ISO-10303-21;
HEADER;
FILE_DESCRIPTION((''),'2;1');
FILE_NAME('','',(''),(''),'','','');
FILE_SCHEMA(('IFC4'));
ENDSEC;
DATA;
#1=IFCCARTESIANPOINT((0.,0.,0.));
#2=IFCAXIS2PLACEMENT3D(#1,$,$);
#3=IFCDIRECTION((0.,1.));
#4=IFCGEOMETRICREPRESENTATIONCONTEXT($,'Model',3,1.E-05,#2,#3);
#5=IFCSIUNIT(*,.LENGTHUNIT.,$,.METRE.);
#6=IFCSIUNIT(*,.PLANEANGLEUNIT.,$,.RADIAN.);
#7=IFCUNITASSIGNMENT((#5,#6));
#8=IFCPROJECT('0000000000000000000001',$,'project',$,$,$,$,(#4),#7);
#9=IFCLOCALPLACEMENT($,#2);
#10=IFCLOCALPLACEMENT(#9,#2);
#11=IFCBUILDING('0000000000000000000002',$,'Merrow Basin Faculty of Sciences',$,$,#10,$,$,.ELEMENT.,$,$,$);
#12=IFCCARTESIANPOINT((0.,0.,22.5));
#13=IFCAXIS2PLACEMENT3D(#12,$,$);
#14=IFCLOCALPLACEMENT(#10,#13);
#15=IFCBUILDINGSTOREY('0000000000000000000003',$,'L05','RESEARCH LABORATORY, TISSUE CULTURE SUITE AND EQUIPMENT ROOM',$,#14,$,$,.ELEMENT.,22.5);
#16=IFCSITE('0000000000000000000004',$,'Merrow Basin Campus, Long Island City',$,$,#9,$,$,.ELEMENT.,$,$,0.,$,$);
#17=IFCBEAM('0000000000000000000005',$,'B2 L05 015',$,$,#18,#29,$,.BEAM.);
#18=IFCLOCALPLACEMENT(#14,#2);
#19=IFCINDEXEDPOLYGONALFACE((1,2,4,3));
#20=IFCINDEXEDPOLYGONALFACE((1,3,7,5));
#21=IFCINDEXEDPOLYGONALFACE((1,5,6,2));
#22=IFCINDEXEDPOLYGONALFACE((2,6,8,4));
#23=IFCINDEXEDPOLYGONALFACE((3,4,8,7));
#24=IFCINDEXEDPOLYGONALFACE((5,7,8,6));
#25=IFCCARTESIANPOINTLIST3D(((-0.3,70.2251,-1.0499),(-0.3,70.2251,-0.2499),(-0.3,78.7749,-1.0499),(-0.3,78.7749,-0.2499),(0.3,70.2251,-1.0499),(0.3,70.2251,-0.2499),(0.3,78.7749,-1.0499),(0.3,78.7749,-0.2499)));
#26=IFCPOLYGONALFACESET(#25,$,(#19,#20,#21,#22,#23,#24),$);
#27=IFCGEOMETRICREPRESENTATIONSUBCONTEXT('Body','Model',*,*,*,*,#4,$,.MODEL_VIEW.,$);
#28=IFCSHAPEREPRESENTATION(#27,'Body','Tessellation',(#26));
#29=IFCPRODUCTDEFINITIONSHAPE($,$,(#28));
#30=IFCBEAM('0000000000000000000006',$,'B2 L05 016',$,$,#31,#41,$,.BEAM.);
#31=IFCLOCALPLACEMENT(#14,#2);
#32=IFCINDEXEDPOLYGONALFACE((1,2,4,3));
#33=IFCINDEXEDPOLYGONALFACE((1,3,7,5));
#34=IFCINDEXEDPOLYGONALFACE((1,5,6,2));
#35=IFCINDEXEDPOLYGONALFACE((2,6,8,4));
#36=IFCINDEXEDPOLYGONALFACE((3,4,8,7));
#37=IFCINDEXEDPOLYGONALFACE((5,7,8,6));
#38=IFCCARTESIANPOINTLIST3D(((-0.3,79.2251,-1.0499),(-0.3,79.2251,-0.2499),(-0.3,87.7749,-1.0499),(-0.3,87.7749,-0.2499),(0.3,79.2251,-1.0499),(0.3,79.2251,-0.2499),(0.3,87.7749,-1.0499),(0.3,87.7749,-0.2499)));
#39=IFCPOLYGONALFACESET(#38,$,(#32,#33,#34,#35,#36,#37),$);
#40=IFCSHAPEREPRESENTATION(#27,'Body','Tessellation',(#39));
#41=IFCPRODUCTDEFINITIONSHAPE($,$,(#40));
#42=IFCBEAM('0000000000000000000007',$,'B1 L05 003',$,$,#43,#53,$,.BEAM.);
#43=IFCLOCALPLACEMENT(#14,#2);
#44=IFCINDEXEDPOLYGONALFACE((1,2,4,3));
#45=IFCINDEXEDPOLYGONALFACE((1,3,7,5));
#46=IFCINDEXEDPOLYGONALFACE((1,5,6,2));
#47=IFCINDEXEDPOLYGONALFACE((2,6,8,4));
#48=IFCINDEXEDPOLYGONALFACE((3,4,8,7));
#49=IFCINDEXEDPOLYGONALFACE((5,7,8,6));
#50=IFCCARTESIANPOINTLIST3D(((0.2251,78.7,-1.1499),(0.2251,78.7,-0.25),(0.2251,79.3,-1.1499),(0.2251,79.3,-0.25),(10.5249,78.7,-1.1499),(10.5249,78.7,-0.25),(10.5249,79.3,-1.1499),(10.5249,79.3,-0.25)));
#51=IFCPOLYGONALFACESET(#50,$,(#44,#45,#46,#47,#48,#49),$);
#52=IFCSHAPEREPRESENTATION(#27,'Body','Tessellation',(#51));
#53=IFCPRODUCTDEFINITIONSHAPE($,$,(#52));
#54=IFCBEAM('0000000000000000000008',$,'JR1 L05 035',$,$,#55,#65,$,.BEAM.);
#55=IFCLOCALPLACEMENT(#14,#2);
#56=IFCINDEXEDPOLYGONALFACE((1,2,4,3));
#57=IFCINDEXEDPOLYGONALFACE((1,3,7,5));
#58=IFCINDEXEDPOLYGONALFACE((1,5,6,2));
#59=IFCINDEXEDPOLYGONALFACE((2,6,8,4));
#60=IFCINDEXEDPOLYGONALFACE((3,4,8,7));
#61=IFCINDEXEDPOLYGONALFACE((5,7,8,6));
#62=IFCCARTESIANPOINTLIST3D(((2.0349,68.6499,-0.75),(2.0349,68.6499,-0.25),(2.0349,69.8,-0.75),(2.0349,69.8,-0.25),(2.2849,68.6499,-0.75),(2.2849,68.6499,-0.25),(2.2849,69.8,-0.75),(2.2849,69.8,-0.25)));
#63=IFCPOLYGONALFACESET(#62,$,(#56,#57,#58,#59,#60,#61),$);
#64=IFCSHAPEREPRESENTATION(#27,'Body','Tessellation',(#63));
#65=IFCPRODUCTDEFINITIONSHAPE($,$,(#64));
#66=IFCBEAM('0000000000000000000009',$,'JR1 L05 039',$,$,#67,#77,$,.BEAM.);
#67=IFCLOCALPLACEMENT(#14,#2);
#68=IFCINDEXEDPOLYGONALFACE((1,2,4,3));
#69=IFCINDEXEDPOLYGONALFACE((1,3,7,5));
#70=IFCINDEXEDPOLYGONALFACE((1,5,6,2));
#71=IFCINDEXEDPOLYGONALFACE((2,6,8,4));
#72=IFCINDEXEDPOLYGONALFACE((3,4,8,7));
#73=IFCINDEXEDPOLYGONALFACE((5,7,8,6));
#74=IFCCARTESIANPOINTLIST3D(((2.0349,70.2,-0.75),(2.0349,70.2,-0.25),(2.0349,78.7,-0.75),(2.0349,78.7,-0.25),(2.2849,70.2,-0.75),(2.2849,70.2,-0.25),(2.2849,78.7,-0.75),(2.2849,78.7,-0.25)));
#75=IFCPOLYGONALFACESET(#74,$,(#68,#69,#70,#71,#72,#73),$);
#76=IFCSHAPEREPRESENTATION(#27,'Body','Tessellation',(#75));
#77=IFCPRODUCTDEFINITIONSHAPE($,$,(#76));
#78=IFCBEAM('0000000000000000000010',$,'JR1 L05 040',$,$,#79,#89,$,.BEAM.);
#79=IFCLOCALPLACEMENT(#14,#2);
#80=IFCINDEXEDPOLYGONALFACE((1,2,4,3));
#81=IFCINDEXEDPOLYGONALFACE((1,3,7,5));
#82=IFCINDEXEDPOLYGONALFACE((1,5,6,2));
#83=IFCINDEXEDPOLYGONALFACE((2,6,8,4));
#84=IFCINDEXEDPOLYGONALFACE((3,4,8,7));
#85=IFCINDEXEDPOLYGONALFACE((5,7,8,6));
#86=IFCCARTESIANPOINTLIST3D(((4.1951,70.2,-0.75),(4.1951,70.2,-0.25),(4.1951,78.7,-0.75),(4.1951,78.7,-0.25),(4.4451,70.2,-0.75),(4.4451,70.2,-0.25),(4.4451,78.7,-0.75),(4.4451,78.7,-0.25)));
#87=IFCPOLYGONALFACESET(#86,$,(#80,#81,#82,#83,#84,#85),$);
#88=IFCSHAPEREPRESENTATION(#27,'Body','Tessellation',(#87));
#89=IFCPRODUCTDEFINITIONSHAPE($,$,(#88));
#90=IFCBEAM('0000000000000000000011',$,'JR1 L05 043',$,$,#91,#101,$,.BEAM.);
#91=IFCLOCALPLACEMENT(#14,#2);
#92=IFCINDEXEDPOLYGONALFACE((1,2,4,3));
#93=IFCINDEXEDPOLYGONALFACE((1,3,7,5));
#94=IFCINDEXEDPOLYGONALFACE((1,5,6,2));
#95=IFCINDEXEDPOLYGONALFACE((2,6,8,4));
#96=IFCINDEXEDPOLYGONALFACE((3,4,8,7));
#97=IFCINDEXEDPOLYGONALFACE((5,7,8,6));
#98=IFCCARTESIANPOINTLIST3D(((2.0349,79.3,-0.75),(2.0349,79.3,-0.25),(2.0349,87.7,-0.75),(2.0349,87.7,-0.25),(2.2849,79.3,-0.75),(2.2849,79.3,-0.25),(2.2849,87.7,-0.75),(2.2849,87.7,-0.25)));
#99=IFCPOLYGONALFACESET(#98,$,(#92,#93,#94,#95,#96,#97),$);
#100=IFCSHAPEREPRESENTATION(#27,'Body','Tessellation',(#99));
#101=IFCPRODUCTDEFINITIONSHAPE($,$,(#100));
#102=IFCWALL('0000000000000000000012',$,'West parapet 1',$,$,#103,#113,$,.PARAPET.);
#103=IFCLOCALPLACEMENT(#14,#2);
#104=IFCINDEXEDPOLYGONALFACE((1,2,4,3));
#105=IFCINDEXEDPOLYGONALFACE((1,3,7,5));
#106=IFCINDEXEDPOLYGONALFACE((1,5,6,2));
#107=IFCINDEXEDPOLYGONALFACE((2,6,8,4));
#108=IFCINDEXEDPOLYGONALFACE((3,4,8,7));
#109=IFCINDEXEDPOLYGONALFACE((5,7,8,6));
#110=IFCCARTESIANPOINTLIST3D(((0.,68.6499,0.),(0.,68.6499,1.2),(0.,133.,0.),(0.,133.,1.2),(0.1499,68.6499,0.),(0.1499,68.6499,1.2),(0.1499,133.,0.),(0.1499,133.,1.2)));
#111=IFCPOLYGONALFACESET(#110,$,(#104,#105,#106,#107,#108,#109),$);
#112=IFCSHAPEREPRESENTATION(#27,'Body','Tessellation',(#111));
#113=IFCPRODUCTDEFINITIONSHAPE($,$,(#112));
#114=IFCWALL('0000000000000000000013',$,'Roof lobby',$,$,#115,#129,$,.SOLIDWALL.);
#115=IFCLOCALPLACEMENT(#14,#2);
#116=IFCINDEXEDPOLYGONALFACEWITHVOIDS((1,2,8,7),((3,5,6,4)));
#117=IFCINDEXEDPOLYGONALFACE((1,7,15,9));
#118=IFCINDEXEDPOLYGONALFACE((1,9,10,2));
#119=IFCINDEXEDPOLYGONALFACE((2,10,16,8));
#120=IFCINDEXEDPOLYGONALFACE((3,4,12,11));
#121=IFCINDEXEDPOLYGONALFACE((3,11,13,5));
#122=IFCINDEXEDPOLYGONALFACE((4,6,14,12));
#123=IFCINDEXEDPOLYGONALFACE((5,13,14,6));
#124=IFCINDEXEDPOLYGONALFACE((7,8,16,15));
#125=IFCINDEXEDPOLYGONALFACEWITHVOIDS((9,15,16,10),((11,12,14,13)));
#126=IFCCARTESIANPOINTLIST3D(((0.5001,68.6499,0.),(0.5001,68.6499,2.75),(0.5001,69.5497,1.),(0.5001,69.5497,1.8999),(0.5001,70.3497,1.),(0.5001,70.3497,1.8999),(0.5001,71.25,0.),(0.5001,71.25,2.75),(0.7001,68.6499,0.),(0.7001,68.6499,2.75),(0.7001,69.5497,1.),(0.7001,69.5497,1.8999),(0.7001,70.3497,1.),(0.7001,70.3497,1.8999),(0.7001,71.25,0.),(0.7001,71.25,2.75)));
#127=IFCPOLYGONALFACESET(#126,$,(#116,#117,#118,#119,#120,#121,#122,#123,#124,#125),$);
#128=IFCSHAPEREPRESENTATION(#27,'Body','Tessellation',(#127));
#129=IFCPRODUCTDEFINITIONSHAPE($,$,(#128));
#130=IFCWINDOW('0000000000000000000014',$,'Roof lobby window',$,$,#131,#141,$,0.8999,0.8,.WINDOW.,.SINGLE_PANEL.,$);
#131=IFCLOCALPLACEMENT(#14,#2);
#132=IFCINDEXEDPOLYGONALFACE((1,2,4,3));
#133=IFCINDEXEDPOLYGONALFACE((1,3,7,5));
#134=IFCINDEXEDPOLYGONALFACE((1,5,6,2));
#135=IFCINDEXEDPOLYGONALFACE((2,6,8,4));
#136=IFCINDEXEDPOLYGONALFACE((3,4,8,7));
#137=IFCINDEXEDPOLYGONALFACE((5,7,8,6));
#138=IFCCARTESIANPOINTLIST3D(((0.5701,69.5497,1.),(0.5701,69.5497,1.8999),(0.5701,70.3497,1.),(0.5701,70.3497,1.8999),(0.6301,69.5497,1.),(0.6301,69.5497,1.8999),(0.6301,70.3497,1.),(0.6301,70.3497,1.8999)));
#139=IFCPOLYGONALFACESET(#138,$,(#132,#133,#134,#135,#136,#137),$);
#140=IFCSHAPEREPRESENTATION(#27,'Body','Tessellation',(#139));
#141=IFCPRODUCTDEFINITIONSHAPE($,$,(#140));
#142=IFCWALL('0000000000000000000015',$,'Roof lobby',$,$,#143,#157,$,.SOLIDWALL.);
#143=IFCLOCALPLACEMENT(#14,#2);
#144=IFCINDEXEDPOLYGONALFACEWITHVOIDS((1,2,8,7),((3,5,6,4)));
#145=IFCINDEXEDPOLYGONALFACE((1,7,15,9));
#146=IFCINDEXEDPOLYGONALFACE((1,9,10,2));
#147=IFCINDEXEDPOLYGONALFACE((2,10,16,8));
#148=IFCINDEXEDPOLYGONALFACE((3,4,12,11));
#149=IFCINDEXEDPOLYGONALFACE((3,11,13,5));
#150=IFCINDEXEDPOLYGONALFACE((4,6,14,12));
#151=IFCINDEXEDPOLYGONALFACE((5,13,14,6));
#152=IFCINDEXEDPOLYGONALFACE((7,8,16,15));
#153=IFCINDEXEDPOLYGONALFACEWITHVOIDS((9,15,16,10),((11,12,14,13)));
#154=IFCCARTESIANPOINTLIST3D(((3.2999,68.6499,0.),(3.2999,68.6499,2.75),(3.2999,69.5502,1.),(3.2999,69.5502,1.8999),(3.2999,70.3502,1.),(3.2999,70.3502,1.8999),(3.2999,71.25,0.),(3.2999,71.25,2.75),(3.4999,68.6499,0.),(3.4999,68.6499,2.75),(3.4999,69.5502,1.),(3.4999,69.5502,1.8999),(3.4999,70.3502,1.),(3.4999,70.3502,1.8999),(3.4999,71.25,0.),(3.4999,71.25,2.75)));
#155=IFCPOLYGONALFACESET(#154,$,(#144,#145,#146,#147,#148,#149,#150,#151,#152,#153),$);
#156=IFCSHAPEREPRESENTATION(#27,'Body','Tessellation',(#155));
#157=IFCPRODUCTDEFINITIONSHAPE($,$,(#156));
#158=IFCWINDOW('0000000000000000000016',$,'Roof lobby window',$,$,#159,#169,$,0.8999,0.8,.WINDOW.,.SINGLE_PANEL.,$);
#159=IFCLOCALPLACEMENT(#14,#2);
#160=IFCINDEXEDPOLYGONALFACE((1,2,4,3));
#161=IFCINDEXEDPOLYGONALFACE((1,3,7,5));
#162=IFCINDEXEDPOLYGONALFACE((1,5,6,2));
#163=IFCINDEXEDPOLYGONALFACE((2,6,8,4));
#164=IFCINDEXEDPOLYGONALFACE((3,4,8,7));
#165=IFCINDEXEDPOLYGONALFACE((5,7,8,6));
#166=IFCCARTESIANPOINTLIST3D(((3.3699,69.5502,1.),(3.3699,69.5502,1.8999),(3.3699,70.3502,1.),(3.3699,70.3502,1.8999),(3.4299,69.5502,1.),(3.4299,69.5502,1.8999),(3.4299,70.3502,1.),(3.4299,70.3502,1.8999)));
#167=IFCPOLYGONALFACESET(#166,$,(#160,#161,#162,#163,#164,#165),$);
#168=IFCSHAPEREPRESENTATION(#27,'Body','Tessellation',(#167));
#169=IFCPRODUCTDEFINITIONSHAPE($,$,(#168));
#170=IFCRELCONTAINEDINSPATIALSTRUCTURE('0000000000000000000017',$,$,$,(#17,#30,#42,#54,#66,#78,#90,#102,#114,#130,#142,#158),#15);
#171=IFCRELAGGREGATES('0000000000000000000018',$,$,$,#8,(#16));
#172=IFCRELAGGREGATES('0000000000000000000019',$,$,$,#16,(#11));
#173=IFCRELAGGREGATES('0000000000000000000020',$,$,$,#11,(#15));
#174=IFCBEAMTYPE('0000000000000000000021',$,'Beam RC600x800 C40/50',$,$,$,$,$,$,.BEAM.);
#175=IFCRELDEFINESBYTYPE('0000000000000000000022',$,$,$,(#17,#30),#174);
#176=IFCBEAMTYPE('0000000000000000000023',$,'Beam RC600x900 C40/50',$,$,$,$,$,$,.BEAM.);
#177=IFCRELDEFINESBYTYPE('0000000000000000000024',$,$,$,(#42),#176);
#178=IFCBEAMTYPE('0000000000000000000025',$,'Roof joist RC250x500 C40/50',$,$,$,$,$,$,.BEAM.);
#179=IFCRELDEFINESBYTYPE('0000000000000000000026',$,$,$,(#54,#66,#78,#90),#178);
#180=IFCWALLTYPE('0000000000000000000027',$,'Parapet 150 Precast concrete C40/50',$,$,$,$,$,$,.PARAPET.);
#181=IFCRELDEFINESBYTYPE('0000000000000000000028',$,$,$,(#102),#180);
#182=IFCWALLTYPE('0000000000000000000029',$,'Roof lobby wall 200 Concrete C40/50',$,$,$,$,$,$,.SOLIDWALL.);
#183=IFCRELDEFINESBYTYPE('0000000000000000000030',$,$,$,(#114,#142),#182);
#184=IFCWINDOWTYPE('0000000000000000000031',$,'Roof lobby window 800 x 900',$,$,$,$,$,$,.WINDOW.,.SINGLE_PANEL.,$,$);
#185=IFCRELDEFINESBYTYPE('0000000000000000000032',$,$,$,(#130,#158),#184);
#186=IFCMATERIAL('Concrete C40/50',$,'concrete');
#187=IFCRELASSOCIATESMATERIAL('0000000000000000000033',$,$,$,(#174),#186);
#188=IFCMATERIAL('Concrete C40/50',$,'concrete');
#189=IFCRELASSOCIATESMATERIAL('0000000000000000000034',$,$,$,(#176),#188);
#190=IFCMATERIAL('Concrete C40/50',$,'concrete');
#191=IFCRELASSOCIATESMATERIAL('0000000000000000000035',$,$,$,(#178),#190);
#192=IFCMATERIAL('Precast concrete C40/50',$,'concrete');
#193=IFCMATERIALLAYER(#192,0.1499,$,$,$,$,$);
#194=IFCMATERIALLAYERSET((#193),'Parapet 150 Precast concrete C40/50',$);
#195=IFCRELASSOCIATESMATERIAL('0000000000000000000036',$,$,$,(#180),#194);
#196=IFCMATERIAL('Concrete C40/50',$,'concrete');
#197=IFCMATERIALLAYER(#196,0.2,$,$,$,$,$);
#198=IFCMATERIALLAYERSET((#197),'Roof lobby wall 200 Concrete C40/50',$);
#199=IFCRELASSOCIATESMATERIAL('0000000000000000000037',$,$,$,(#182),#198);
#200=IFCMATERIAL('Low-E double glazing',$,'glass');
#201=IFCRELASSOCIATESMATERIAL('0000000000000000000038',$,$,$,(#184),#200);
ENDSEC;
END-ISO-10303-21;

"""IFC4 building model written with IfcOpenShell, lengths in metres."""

from ifc_helpers import new_model, si_unit, direction, frame, frame_2d, origin, origin_2d, place, context, subcontext, project, spatial, rectangle, extrude, material, layer, layer_set, material_profile, profile_set, type_object, element, fill, save


model = new_model("IFC4")

# Units and contexts
model_context = context("Model", 3, precision=1e-05, world=origin(), true_north=direction((0.0, 1.0)))
body_context = subcontext(model_context, "Body", "Model", "MODEL_VIEW")
ifc_project = project(units=[si_unit("LENGTHUNIT", "METRE"), si_unit("PLANEANGLEUNIT", "RADIAN")], contexts=[model_context])

# Site, building, storey
site_placement = place(None, origin())
site = spatial("IfcSite", under=ifc_project, at=site_placement, Name="Merrow Basin Campus, Long Island City", CompositionType="ELEMENT", RefElevation=0.0)
building_placement = place(site_placement, origin())
building = spatial("IfcBuilding", under=site, at=building_placement, Name="Merrow Basin Faculty of Sciences", CompositionType="ELEMENT")
storey_placement = place(building_placement, frame((0.0, 0.0, 22.5)))
storey = spatial("IfcBuildingStorey", under=building, at=storey_placement, Name="L05", Description="RESEARCH LABORATORY, TISSUE CULTURE SUITE AND EQUIPMENT ROOM", CompositionType="ELEMENT", Elevation=22.5)

# Beams
ifc_material_1 = material(Name="Concrete C40/50", Category="concrete")
ifc_material_profile_1 = material_profile(ifc_material_1, rectangle(XDim=0.6001, YDim=0.8, at=origin_2d()))
ifc_profile_set_1 = profile_set([ifc_material_profile_1], Name="Concrete C40/50")
beam_type_1 = type_object("IfcBeamType", Name="Beam RC600x800 C40/50", PredefinedType="BEAM", material=ifc_profile_set_1)
for number, where, z_axis, x_axis, name in (
    (1, (0.0, 70.2251, -0.6499), (0.0, 1.0, 0.0), (-1.0, 0.0, 0.0), "B2 L05 015"),
    (2, (0.0, 79.2251, -0.6499), (0.0, 1.0, 0.0), (-1.0, 0.0, 0.0), "B2 L05 016"),
):
    element("IfcBeam", number, at=place(storey_placement, frame(where, z_axis=z_axis, x_axis=x_axis)), inside=storey, type_object=beam_type_1, Name=name, PredefinedType="BEAM", context=body_context, shape_type="SweptSolid", body=[
        extrude(rectangle(XDim=0.6001, YDim=0.8, at=origin_2d()), origin(), (0.0, 0.0, 1.0), 8.5498),
    ])
ifc_material_2 = material(Name="Concrete C40/50", Category="concrete")
ifc_material_profile_2 = material_profile(ifc_material_2, rectangle(XDim=0.6001, YDim=0.8999, at=origin_2d()))
ifc_profile_set_2 = profile_set([ifc_material_profile_2], Name="Concrete C40/50")
beam_type_2 = type_object("IfcBeamType", Name="Beam RC600x900 C40/50", PredefinedType="BEAM", material=ifc_profile_set_2)
beam_1_placement = place(storey_placement, frame((0.2251, 79.0, -0.7), z_axis=(1.0, 0.0, 0.0), x_axis=(0.0, 1.0, 0.0)))
element("IfcBeam", 3, at=beam_1_placement, inside=storey, type_object=beam_type_2, Name="B1 L05 003", PredefinedType="BEAM", context=body_context, shape_type="SweptSolid", body=[
    extrude(rectangle(XDim=0.6001, YDim=0.8999, at=origin_2d()), origin(), (0.0, 0.0, 1.0), 10.2998),
])
ifc_material_3 = material(Name="Concrete C40/50", Category="concrete")
ifc_material_profile_3 = material_profile(ifc_material_3, rectangle(XDim=0.25, YDim=0.5, at=origin_2d()))
ifc_profile_set_3 = profile_set([ifc_material_profile_3], Name="Concrete C40/50")
beam_type_3 = type_object("IfcBeamType", Name="Roof joist RC250x500 C40/50", PredefinedType="BEAM", material=ifc_profile_set_3)
beam_2_placement = place(storey_placement, frame((2.1599, 68.6499, -0.5), z_axis=(0.0, 1.0, 0.0), x_axis=(-1.0, 0.0, 0.0)))
element("IfcBeam", 4, at=beam_2_placement, inside=storey, type_object=beam_type_3, Name="JR1 L05 035", PredefinedType="BEAM", context=body_context, shape_type="SweptSolid", body=[
    extrude(rectangle(XDim=0.25, YDim=0.5, at=origin_2d()), origin(), (0.0, 0.0, 1.0), 1.1501),
])
for number, where, z_axis, x_axis, name in (
    (5, (2.1599, 70.2, -0.5), (0.0, 1.0, 0.0), (-1.0, 0.0, 0.0), "JR1 L05 039"),
    (6, (4.3201, 70.2, -0.5), (0.0, 1.0, 0.0), (-1.0, 0.0, 0.0), "JR1 L05 040"),
):
    element("IfcBeam", number, at=place(storey_placement, frame(where, z_axis=z_axis, x_axis=x_axis)), inside=storey, type_object=beam_type_3, Name=name, PredefinedType="BEAM", context=body_context, shape_type="SweptSolid", body=[
        extrude(rectangle(XDim=0.25, YDim=0.5, at=origin_2d()), origin(), (0.0, 0.0, 1.0), 8.5),
    ])
beam_3_placement = place(storey_placement, frame((2.1599, 79.3, -0.5), z_axis=(0.0, 1.0, 0.0), x_axis=(-1.0, 0.0, 0.0)))
element("IfcBeam", 7, at=beam_3_placement, inside=storey, type_object=beam_type_3, Name="JR1 L05 043", PredefinedType="BEAM", context=body_context, shape_type="SweptSolid", body=[
    extrude(rectangle(XDim=0.25, YDim=0.5, at=origin_2d()), origin(), (0.0, 0.0, 1.0), 8.3999),
])

# Wall
ifc_material_4 = material(Name="Precast concrete C40/50", Category="concrete")
ifc_layer_1 = layer(ifc_material_4, 0.1499)
ifc_layer_set_1 = layer_set([ifc_layer_1], Name="Parapet 150 Precast concrete C40/50")
wall_type_1 = type_object("IfcWallType", Name="Parapet 150 Precast concrete C40/50", PredefinedType="PARAPET", material=ifc_layer_set_1)
wall_1_placement = place(storey_placement, frame((0.075, 68.6499, 0.0), z_axis=(0.0, 0.0, 1.0), x_axis=(0.0, 1.0, 0.0)))
element("IfcWall", 8, at=wall_1_placement, inside=storey, type_object=wall_type_1, Name="West parapet 1", PredefinedType="PARAPET", context=body_context, shape_type="SweptSolid", body=[
    extrude(rectangle(XDim=64.3501, YDim=0.1499, at=frame_2d((32.175, 0.0))), origin(), (0.0, 0.0, 1.0), 1.2),
])

# Walls, openings, windows
ifc_material_5 = material(Name="Concrete C40/50", Category="concrete")
ifc_layer_2 = layer(ifc_material_5, 0.2)
ifc_layer_set_2 = layer_set([ifc_layer_2], Name="Roof lobby wall 200 Concrete C40/50")
wall_type_2 = type_object("IfcWallType", Name="Roof lobby wall 200 Concrete C40/50", PredefinedType="SOLIDWALL", material=ifc_layer_set_2)
wall_2_placement = place(storey_placement, frame((0.6001, 68.6499, 0.0), z_axis=(0.0, 0.0, 1.0), x_axis=(0.0, 1.0, 0.0)))
wall_2 = element("IfcWall", 9, at=wall_2_placement, inside=storey, type_object=wall_type_2, Name="Roof lobby", PredefinedType="SOLIDWALL", context=body_context, shape_type="SweptSolid", body=[
    extrude(rectangle(XDim=2.6001, YDim=0.2, at=frame_2d((1.3, 0.0))), origin(), (0.0, 0.0, 1.0), 2.75),
])
opening_1_placement = place(wall_2_placement, frame((0.8999, 0.0, 1.0)))
opening_1 = element("IfcOpeningElement", 10, at=opening_1_placement, cuts=wall_2, PredefinedType="OPENING", context=body_context, shape_type="SweptSolid", body=[
    extrude(rectangle(XDim=0.8, YDim=0.8999, at=frame_2d((0.3999, 0.45))), frame((0.0, 0.1099, 0.0), z_axis=(0.0, -1.0, 0.0), x_axis=(1.0, 0.0, 0.0)), (0.0, 0.0, 1.0), 0.22),
])
ifc_material_6 = material(Name="Low-E double glazing", Category="glass")
window_type = type_object("IfcWindowType", Name="Roof lobby window 800 x 900", PartitioningType="SINGLE_PANEL", PredefinedType="WINDOW", material=ifc_material_6)
window_1_placement = place(opening_1_placement, origin())
window_1 = element("IfcWindow", 11, at=window_1_placement, inside=storey, type_object=window_type, Name="Roof lobby window", OverallHeight=0.8999, OverallWidth=0.8, PartitioningType="SINGLE_PANEL", PredefinedType="WINDOW", context=body_context, shape_type="SweptSolid", body=[
    extrude(rectangle(XDim=0.8, YDim=0.8999, at=frame_2d((0.3999, 0.45))), frame((0.0, 0.03, 0.0), z_axis=(0.0, -1.0, 0.0), x_axis=(1.0, 0.0, 0.0)), (0.0, 0.0, 1.0), 0.0601),
])
fill(opening_1, window_1)
wall_3_placement = place(storey_placement, frame((3.3999, 71.25, 0.0), z_axis=(0.0, 0.0, 1.0), x_axis=(0.0, -1.0, 0.0)))
wall_3 = element("IfcWall", 12, at=wall_3_placement, inside=storey, type_object=wall_type_2, Name="Roof lobby", PredefinedType="SOLIDWALL", context=body_context, shape_type="SweptSolid", body=[
    extrude(rectangle(XDim=2.6001, YDim=0.2, at=frame_2d((1.3, 0.0))), origin(), (0.0, 0.0, 1.0), 2.75),
])
opening_2_placement = place(wall_3_placement, frame((0.8999, 0.0, 1.0)))
opening_2 = element("IfcOpeningElement", 13, at=opening_2_placement, cuts=wall_3, PredefinedType="OPENING", context=body_context, shape_type="SweptSolid", body=[
    extrude(rectangle(XDim=0.8, YDim=0.8999, at=frame_2d((0.3999, 0.45))), frame((0.0, 0.1099, 0.0), z_axis=(0.0, -1.0, 0.0), x_axis=(1.0, 0.0, 0.0)), (0.0, 0.0, 1.0), 0.22),
])
window_2_placement = place(opening_2_placement, origin())
window_2 = element("IfcWindow", 14, at=window_2_placement, inside=storey, type_object=window_type, Name="Roof lobby window", OverallHeight=0.8999, OverallWidth=0.8, PartitioningType="SINGLE_PANEL", PredefinedType="WINDOW", context=body_context, shape_type="SweptSolid", body=[
    extrude(rectangle(XDim=0.8, YDim=0.8999, at=frame_2d((0.3999, 0.45))), frame((0.0, 0.03, 0.0), z_axis=(0.0, -1.0, 0.0), x_axis=(1.0, 0.0, 0.0)), (0.0, 0.0, 1.0), 0.0601),
])
fill(opening_2, window_2)

save(model, "model.ifc")
